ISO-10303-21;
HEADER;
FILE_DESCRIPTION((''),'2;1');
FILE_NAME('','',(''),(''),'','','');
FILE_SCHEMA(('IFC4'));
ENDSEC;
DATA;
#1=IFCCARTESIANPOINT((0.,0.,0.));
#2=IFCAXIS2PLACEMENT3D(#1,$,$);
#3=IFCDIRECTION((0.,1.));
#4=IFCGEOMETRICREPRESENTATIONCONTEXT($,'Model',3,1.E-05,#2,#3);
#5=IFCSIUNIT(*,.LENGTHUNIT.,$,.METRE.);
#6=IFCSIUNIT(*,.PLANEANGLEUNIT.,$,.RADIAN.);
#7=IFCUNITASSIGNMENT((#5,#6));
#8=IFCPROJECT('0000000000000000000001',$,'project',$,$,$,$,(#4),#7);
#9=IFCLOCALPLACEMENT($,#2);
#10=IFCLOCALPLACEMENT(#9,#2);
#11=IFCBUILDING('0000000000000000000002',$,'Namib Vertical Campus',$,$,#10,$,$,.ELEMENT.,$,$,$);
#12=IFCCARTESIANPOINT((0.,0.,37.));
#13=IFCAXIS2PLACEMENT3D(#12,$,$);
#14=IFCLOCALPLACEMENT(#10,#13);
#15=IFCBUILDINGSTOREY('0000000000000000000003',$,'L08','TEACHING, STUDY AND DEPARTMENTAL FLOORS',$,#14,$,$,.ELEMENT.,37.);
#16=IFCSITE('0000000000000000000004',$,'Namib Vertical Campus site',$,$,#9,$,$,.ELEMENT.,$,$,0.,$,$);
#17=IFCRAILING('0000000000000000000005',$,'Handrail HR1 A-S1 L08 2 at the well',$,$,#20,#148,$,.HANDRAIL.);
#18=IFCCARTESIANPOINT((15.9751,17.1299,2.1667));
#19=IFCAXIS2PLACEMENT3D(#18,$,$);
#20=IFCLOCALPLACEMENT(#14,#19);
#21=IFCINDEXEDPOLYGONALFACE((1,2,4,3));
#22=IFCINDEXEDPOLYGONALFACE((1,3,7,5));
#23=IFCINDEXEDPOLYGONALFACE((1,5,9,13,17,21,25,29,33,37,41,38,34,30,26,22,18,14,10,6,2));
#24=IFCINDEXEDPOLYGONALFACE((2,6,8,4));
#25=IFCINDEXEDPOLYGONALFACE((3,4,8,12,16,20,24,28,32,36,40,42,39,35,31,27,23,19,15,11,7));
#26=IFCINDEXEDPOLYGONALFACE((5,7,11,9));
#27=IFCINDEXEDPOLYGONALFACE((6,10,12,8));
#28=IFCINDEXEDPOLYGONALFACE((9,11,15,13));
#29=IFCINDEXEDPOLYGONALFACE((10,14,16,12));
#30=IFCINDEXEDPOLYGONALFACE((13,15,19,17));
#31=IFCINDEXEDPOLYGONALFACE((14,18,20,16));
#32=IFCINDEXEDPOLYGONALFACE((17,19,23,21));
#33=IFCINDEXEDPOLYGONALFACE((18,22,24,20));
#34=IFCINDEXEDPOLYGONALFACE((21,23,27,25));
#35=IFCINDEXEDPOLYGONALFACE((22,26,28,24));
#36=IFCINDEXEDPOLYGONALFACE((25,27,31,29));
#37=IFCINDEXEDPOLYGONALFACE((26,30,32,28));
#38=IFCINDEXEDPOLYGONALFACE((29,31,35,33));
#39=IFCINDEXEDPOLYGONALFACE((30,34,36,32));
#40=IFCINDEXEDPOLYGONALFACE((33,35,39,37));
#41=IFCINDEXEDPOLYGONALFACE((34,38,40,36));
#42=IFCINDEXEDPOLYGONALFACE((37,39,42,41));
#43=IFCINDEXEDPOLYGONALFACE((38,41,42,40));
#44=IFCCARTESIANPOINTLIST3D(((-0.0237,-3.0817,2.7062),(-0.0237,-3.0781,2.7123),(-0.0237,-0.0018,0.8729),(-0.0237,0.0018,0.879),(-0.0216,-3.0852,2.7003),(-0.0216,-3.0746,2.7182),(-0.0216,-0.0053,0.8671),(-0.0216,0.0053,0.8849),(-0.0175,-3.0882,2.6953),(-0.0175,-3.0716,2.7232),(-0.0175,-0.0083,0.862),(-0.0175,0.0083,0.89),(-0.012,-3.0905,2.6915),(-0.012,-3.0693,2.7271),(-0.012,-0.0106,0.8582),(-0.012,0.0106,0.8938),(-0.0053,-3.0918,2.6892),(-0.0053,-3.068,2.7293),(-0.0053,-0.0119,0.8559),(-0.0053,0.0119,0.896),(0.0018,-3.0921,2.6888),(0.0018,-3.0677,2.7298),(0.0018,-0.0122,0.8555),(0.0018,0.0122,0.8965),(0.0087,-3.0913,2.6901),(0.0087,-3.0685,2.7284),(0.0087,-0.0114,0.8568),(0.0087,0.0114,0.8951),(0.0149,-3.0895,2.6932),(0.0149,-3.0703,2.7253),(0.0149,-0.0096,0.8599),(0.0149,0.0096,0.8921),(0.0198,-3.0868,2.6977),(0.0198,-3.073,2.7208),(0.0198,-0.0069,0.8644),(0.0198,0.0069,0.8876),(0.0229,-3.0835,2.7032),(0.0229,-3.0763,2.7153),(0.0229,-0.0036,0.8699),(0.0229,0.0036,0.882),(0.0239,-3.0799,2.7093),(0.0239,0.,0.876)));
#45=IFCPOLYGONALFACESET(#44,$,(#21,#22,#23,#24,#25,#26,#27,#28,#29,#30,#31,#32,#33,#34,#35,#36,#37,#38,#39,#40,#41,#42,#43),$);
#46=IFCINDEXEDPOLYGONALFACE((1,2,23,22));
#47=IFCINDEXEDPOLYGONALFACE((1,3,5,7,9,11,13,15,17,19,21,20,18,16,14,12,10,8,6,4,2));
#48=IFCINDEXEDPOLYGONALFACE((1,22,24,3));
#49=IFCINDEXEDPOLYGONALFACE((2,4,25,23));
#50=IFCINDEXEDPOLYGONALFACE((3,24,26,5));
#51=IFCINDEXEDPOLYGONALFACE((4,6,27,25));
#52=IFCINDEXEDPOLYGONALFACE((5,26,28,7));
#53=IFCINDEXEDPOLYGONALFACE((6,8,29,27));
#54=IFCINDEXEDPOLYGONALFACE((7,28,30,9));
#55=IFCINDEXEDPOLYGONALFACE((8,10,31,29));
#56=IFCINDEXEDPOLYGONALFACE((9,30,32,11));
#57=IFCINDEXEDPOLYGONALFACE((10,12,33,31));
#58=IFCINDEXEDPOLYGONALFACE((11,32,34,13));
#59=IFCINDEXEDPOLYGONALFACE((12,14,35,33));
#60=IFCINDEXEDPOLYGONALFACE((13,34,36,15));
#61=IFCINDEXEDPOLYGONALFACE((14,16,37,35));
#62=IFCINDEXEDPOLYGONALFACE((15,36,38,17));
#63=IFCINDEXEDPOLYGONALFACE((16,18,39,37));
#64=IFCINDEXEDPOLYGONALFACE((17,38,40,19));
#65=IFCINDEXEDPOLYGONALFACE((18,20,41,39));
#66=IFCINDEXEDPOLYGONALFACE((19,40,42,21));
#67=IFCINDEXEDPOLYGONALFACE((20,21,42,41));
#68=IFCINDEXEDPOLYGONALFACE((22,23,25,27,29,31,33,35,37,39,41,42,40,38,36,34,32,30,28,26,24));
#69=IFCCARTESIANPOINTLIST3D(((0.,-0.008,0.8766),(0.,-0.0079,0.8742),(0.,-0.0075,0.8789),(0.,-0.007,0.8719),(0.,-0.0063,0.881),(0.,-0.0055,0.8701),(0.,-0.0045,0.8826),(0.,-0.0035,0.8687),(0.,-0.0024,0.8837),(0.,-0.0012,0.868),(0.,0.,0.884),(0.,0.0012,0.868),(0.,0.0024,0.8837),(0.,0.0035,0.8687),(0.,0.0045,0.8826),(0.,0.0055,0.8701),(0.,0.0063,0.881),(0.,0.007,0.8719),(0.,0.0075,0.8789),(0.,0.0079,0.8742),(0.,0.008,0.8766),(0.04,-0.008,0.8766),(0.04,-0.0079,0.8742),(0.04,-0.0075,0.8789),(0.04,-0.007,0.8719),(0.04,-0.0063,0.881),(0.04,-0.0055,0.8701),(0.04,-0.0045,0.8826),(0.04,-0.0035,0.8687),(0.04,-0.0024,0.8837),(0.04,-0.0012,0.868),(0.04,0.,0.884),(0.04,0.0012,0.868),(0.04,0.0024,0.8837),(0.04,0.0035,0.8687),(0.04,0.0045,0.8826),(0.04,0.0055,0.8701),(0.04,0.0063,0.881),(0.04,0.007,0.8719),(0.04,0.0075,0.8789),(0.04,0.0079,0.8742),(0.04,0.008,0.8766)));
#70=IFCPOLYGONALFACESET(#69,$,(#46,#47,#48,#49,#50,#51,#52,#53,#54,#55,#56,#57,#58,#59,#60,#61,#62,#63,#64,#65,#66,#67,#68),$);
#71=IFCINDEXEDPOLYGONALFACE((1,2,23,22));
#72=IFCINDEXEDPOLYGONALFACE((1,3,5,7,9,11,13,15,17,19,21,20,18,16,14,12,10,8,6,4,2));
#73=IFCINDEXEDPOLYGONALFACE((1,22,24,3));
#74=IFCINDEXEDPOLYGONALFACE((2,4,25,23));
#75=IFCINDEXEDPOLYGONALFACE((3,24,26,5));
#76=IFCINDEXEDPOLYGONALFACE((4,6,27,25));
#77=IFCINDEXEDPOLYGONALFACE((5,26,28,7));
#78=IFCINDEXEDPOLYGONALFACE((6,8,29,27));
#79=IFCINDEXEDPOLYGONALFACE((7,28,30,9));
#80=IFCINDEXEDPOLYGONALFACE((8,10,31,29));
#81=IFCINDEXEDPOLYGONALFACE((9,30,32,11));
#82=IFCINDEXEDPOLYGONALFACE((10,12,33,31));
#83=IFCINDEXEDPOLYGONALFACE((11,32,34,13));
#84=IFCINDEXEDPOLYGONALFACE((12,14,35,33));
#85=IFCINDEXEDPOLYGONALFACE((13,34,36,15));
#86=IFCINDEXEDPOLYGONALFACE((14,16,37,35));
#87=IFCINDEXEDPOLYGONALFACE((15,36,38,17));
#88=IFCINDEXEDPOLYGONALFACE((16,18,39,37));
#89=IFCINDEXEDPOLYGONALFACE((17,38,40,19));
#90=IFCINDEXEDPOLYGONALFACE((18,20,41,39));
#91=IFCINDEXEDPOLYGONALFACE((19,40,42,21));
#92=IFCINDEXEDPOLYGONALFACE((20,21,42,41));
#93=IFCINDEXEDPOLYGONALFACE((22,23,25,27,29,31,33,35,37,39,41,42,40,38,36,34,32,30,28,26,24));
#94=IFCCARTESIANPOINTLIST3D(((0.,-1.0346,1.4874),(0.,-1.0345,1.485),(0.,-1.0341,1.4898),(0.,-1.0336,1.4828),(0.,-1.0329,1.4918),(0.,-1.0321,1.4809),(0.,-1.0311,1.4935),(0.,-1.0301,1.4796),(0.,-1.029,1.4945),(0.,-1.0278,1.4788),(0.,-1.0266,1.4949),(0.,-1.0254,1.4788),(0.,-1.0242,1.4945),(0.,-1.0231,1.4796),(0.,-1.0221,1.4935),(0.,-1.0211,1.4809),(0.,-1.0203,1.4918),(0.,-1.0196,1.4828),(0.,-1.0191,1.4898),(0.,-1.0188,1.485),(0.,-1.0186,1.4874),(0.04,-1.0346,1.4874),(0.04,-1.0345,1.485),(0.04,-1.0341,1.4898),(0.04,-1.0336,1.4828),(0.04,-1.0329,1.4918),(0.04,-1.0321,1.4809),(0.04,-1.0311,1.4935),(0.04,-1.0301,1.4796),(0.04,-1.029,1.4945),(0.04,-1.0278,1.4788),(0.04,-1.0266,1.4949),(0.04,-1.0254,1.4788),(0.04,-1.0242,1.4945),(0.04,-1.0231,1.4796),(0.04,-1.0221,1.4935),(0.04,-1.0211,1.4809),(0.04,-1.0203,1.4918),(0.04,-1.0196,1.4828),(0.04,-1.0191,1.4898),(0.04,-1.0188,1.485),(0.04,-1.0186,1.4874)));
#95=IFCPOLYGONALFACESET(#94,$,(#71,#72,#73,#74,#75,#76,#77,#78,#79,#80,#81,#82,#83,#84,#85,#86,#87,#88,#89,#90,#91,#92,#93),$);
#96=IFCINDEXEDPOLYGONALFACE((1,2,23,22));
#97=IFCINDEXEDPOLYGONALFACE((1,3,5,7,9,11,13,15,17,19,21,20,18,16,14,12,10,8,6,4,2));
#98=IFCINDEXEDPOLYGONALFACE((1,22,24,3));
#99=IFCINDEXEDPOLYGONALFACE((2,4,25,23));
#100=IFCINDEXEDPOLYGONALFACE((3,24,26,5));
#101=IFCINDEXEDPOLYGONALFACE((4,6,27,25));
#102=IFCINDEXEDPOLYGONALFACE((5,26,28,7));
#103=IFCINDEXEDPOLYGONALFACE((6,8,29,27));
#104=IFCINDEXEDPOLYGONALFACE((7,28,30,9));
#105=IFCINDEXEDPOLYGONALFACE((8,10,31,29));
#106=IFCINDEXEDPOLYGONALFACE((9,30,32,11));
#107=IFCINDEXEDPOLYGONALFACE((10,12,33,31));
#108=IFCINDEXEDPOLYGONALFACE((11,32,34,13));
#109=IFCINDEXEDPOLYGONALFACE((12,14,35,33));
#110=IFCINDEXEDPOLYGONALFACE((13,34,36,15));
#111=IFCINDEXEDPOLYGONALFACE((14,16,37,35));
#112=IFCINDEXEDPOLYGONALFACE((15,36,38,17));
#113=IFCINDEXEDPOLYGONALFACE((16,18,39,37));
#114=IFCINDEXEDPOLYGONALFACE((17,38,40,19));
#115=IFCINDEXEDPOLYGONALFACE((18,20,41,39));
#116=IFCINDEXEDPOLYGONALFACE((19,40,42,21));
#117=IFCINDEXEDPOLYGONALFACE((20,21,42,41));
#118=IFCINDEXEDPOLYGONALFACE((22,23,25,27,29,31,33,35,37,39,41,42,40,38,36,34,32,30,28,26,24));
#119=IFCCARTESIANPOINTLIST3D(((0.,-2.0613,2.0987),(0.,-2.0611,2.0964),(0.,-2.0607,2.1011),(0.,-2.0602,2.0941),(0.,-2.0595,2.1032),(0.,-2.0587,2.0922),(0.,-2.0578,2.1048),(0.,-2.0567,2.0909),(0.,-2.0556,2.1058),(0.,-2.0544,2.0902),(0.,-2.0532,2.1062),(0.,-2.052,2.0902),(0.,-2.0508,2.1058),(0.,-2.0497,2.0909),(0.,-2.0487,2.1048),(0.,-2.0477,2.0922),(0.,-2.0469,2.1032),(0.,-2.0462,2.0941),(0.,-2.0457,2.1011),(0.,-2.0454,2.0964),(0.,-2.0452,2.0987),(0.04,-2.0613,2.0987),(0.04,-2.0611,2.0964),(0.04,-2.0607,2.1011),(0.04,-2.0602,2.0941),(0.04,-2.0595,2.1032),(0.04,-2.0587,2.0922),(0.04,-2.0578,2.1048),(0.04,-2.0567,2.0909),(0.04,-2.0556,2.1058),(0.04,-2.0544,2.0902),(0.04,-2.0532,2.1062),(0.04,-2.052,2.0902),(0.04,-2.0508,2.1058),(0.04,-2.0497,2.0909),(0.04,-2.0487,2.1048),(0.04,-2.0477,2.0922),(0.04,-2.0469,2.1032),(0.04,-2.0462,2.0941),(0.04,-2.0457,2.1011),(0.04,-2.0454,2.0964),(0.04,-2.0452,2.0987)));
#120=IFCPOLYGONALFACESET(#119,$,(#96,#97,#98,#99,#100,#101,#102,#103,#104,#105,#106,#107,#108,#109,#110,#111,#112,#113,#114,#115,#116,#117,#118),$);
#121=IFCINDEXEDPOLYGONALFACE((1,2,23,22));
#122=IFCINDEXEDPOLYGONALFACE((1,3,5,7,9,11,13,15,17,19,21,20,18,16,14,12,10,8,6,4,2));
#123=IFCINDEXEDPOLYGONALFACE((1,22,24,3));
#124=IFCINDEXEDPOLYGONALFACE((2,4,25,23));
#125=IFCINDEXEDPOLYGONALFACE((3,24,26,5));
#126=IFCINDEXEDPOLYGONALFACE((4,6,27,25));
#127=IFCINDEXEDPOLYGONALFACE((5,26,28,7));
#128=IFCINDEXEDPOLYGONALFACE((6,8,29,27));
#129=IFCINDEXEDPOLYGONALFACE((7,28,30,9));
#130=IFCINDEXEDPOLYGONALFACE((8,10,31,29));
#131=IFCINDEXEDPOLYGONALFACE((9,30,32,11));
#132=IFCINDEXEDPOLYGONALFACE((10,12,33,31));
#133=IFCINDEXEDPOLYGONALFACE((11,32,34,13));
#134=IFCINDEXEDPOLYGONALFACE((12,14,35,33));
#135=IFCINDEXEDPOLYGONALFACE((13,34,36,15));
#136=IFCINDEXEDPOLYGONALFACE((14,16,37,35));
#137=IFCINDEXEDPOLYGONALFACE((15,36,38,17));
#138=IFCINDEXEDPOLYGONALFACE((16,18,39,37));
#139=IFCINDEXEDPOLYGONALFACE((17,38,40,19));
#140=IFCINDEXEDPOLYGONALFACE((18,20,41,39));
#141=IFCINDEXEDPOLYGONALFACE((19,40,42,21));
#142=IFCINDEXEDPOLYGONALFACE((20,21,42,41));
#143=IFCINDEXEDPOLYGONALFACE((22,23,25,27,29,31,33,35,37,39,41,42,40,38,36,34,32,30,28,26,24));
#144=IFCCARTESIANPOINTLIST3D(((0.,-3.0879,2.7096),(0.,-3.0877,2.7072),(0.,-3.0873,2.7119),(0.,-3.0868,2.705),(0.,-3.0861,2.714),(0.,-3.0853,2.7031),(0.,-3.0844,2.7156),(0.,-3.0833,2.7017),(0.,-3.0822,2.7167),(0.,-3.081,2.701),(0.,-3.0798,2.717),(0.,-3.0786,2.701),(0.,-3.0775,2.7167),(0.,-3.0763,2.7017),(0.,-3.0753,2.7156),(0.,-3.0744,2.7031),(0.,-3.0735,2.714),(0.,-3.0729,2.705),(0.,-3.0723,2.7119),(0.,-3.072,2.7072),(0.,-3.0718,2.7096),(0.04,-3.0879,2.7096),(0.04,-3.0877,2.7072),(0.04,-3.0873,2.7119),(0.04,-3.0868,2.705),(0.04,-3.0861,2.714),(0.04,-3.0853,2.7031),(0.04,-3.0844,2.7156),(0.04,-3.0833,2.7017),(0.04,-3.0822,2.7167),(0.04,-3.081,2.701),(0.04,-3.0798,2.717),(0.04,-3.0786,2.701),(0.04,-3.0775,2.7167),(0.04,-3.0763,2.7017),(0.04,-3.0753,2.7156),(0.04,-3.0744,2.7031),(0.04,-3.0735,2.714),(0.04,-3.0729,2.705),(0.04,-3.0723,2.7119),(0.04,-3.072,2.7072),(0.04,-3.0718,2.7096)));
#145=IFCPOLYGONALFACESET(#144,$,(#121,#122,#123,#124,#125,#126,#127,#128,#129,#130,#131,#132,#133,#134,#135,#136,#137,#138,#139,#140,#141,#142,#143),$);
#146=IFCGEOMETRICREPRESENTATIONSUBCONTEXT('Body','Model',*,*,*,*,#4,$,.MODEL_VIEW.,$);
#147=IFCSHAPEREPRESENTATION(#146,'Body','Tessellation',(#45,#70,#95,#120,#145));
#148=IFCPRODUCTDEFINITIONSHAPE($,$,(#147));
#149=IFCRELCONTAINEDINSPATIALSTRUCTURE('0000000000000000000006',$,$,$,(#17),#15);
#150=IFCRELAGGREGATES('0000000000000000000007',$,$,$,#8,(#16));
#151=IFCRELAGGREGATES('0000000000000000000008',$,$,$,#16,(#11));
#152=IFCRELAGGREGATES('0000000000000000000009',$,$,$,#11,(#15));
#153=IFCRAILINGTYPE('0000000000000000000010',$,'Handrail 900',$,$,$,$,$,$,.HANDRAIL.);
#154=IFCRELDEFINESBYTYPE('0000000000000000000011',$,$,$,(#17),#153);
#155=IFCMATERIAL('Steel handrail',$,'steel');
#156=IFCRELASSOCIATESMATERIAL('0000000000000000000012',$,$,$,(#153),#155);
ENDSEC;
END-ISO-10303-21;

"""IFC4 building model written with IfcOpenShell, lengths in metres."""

from ifc_helpers import new_model, si_unit, direction, frame, origin, origin_2d, place, context, subcontext, project, spatial, circle, extrude, material, type_object, element, save


model = new_model("IFC4")

# Units and contexts
model_context = context("Model", 3, precision=1e-05, world=origin(), true_north=direction((0.0, 1.0)))
body_context = subcontext(model_context, "Body", "Model", "MODEL_VIEW")
ifc_project = project(units=[si_unit("LENGTHUNIT", "METRE"), si_unit("PLANEANGLEUNIT", "RADIAN")], contexts=[model_context])

# Site, building, storey
site_placement = place(None, origin())
site = spatial("IfcSite", under=ifc_project, at=site_placement, Name="Namib Vertical Campus site", CompositionType="ELEMENT", RefElevation=0.0)
building_placement = place(site_placement, origin())
building = spatial("IfcBuilding", under=site, at=building_placement, Name="Namib Vertical Campus", CompositionType="ELEMENT")
storey_placement = place(building_placement, frame((0.0, 0.0, 37.0)))
storey = spatial("IfcBuildingStorey", under=building, at=storey_placement, Name="L08", Description="TEACHING, STUDY AND DEPARTMENTAL FLOORS", CompositionType="ELEMENT", Elevation=37.0)

# Railing
ifc_material_1 = material(Name="Steel handrail", Category="steel")
railing_type_1 = type_object("IfcRailingType", Name="Handrail 900", PredefinedType="HANDRAIL", material=ifc_material_1)
railing_1_placement = place(storey_placement, frame((15.9751, 17.1299, 2.1667)))
element("IfcRailing", 1, at=railing_1_placement, inside=storey, type_object=railing_type_1, Name="Handrail HR1 A-S1 L08 2 at the well", PredefinedType="HANDRAIL", context=body_context, shape_type="SweptSolid", body=[
    extrude(circle(Radius=0.0239, at=origin_2d()), frame((0.0, 0.0, 0.876), z_axis=(0.0, -0.859291, 0.511487), x_axis=(1.0, 0.0, 0.0)), (0.0, 0.0, 1.0), 3.5842),
    extrude(circle(Radius=0.0081, at=origin_2d()), frame((0.0, 0.0, 0.876), z_axis=(1.0, 0.0, 0.0), x_axis=(0.0, 0.0, 1.0)), (0.0, 0.0, 1.0), 0.04),
    extrude(circle(Radius=0.0081, at=origin_2d()), frame((0.0, -1.0266, 1.4868), z_axis=(1.0, 0.0, 0.0), x_axis=(0.0, 0.0, 1.0)), (0.0, 0.0, 1.0), 0.04),
    extrude(circle(Radius=0.0081, at=origin_2d()), frame((0.0, -2.0532, 2.0981), z_axis=(1.0, 0.0, 0.0), x_axis=(0.0, 0.0, 1.0)), (0.0, 0.0, 1.0), 0.04),
    extrude(circle(Radius=0.0081, at=origin_2d()), frame((0.0, -3.0798, 2.709), z_axis=(1.0, 0.0, 0.0), x_axis=(0.0, 0.0, 1.0)), (0.0, 0.0, 1.0), 0.04),
])

save(model, "model.ifc")
